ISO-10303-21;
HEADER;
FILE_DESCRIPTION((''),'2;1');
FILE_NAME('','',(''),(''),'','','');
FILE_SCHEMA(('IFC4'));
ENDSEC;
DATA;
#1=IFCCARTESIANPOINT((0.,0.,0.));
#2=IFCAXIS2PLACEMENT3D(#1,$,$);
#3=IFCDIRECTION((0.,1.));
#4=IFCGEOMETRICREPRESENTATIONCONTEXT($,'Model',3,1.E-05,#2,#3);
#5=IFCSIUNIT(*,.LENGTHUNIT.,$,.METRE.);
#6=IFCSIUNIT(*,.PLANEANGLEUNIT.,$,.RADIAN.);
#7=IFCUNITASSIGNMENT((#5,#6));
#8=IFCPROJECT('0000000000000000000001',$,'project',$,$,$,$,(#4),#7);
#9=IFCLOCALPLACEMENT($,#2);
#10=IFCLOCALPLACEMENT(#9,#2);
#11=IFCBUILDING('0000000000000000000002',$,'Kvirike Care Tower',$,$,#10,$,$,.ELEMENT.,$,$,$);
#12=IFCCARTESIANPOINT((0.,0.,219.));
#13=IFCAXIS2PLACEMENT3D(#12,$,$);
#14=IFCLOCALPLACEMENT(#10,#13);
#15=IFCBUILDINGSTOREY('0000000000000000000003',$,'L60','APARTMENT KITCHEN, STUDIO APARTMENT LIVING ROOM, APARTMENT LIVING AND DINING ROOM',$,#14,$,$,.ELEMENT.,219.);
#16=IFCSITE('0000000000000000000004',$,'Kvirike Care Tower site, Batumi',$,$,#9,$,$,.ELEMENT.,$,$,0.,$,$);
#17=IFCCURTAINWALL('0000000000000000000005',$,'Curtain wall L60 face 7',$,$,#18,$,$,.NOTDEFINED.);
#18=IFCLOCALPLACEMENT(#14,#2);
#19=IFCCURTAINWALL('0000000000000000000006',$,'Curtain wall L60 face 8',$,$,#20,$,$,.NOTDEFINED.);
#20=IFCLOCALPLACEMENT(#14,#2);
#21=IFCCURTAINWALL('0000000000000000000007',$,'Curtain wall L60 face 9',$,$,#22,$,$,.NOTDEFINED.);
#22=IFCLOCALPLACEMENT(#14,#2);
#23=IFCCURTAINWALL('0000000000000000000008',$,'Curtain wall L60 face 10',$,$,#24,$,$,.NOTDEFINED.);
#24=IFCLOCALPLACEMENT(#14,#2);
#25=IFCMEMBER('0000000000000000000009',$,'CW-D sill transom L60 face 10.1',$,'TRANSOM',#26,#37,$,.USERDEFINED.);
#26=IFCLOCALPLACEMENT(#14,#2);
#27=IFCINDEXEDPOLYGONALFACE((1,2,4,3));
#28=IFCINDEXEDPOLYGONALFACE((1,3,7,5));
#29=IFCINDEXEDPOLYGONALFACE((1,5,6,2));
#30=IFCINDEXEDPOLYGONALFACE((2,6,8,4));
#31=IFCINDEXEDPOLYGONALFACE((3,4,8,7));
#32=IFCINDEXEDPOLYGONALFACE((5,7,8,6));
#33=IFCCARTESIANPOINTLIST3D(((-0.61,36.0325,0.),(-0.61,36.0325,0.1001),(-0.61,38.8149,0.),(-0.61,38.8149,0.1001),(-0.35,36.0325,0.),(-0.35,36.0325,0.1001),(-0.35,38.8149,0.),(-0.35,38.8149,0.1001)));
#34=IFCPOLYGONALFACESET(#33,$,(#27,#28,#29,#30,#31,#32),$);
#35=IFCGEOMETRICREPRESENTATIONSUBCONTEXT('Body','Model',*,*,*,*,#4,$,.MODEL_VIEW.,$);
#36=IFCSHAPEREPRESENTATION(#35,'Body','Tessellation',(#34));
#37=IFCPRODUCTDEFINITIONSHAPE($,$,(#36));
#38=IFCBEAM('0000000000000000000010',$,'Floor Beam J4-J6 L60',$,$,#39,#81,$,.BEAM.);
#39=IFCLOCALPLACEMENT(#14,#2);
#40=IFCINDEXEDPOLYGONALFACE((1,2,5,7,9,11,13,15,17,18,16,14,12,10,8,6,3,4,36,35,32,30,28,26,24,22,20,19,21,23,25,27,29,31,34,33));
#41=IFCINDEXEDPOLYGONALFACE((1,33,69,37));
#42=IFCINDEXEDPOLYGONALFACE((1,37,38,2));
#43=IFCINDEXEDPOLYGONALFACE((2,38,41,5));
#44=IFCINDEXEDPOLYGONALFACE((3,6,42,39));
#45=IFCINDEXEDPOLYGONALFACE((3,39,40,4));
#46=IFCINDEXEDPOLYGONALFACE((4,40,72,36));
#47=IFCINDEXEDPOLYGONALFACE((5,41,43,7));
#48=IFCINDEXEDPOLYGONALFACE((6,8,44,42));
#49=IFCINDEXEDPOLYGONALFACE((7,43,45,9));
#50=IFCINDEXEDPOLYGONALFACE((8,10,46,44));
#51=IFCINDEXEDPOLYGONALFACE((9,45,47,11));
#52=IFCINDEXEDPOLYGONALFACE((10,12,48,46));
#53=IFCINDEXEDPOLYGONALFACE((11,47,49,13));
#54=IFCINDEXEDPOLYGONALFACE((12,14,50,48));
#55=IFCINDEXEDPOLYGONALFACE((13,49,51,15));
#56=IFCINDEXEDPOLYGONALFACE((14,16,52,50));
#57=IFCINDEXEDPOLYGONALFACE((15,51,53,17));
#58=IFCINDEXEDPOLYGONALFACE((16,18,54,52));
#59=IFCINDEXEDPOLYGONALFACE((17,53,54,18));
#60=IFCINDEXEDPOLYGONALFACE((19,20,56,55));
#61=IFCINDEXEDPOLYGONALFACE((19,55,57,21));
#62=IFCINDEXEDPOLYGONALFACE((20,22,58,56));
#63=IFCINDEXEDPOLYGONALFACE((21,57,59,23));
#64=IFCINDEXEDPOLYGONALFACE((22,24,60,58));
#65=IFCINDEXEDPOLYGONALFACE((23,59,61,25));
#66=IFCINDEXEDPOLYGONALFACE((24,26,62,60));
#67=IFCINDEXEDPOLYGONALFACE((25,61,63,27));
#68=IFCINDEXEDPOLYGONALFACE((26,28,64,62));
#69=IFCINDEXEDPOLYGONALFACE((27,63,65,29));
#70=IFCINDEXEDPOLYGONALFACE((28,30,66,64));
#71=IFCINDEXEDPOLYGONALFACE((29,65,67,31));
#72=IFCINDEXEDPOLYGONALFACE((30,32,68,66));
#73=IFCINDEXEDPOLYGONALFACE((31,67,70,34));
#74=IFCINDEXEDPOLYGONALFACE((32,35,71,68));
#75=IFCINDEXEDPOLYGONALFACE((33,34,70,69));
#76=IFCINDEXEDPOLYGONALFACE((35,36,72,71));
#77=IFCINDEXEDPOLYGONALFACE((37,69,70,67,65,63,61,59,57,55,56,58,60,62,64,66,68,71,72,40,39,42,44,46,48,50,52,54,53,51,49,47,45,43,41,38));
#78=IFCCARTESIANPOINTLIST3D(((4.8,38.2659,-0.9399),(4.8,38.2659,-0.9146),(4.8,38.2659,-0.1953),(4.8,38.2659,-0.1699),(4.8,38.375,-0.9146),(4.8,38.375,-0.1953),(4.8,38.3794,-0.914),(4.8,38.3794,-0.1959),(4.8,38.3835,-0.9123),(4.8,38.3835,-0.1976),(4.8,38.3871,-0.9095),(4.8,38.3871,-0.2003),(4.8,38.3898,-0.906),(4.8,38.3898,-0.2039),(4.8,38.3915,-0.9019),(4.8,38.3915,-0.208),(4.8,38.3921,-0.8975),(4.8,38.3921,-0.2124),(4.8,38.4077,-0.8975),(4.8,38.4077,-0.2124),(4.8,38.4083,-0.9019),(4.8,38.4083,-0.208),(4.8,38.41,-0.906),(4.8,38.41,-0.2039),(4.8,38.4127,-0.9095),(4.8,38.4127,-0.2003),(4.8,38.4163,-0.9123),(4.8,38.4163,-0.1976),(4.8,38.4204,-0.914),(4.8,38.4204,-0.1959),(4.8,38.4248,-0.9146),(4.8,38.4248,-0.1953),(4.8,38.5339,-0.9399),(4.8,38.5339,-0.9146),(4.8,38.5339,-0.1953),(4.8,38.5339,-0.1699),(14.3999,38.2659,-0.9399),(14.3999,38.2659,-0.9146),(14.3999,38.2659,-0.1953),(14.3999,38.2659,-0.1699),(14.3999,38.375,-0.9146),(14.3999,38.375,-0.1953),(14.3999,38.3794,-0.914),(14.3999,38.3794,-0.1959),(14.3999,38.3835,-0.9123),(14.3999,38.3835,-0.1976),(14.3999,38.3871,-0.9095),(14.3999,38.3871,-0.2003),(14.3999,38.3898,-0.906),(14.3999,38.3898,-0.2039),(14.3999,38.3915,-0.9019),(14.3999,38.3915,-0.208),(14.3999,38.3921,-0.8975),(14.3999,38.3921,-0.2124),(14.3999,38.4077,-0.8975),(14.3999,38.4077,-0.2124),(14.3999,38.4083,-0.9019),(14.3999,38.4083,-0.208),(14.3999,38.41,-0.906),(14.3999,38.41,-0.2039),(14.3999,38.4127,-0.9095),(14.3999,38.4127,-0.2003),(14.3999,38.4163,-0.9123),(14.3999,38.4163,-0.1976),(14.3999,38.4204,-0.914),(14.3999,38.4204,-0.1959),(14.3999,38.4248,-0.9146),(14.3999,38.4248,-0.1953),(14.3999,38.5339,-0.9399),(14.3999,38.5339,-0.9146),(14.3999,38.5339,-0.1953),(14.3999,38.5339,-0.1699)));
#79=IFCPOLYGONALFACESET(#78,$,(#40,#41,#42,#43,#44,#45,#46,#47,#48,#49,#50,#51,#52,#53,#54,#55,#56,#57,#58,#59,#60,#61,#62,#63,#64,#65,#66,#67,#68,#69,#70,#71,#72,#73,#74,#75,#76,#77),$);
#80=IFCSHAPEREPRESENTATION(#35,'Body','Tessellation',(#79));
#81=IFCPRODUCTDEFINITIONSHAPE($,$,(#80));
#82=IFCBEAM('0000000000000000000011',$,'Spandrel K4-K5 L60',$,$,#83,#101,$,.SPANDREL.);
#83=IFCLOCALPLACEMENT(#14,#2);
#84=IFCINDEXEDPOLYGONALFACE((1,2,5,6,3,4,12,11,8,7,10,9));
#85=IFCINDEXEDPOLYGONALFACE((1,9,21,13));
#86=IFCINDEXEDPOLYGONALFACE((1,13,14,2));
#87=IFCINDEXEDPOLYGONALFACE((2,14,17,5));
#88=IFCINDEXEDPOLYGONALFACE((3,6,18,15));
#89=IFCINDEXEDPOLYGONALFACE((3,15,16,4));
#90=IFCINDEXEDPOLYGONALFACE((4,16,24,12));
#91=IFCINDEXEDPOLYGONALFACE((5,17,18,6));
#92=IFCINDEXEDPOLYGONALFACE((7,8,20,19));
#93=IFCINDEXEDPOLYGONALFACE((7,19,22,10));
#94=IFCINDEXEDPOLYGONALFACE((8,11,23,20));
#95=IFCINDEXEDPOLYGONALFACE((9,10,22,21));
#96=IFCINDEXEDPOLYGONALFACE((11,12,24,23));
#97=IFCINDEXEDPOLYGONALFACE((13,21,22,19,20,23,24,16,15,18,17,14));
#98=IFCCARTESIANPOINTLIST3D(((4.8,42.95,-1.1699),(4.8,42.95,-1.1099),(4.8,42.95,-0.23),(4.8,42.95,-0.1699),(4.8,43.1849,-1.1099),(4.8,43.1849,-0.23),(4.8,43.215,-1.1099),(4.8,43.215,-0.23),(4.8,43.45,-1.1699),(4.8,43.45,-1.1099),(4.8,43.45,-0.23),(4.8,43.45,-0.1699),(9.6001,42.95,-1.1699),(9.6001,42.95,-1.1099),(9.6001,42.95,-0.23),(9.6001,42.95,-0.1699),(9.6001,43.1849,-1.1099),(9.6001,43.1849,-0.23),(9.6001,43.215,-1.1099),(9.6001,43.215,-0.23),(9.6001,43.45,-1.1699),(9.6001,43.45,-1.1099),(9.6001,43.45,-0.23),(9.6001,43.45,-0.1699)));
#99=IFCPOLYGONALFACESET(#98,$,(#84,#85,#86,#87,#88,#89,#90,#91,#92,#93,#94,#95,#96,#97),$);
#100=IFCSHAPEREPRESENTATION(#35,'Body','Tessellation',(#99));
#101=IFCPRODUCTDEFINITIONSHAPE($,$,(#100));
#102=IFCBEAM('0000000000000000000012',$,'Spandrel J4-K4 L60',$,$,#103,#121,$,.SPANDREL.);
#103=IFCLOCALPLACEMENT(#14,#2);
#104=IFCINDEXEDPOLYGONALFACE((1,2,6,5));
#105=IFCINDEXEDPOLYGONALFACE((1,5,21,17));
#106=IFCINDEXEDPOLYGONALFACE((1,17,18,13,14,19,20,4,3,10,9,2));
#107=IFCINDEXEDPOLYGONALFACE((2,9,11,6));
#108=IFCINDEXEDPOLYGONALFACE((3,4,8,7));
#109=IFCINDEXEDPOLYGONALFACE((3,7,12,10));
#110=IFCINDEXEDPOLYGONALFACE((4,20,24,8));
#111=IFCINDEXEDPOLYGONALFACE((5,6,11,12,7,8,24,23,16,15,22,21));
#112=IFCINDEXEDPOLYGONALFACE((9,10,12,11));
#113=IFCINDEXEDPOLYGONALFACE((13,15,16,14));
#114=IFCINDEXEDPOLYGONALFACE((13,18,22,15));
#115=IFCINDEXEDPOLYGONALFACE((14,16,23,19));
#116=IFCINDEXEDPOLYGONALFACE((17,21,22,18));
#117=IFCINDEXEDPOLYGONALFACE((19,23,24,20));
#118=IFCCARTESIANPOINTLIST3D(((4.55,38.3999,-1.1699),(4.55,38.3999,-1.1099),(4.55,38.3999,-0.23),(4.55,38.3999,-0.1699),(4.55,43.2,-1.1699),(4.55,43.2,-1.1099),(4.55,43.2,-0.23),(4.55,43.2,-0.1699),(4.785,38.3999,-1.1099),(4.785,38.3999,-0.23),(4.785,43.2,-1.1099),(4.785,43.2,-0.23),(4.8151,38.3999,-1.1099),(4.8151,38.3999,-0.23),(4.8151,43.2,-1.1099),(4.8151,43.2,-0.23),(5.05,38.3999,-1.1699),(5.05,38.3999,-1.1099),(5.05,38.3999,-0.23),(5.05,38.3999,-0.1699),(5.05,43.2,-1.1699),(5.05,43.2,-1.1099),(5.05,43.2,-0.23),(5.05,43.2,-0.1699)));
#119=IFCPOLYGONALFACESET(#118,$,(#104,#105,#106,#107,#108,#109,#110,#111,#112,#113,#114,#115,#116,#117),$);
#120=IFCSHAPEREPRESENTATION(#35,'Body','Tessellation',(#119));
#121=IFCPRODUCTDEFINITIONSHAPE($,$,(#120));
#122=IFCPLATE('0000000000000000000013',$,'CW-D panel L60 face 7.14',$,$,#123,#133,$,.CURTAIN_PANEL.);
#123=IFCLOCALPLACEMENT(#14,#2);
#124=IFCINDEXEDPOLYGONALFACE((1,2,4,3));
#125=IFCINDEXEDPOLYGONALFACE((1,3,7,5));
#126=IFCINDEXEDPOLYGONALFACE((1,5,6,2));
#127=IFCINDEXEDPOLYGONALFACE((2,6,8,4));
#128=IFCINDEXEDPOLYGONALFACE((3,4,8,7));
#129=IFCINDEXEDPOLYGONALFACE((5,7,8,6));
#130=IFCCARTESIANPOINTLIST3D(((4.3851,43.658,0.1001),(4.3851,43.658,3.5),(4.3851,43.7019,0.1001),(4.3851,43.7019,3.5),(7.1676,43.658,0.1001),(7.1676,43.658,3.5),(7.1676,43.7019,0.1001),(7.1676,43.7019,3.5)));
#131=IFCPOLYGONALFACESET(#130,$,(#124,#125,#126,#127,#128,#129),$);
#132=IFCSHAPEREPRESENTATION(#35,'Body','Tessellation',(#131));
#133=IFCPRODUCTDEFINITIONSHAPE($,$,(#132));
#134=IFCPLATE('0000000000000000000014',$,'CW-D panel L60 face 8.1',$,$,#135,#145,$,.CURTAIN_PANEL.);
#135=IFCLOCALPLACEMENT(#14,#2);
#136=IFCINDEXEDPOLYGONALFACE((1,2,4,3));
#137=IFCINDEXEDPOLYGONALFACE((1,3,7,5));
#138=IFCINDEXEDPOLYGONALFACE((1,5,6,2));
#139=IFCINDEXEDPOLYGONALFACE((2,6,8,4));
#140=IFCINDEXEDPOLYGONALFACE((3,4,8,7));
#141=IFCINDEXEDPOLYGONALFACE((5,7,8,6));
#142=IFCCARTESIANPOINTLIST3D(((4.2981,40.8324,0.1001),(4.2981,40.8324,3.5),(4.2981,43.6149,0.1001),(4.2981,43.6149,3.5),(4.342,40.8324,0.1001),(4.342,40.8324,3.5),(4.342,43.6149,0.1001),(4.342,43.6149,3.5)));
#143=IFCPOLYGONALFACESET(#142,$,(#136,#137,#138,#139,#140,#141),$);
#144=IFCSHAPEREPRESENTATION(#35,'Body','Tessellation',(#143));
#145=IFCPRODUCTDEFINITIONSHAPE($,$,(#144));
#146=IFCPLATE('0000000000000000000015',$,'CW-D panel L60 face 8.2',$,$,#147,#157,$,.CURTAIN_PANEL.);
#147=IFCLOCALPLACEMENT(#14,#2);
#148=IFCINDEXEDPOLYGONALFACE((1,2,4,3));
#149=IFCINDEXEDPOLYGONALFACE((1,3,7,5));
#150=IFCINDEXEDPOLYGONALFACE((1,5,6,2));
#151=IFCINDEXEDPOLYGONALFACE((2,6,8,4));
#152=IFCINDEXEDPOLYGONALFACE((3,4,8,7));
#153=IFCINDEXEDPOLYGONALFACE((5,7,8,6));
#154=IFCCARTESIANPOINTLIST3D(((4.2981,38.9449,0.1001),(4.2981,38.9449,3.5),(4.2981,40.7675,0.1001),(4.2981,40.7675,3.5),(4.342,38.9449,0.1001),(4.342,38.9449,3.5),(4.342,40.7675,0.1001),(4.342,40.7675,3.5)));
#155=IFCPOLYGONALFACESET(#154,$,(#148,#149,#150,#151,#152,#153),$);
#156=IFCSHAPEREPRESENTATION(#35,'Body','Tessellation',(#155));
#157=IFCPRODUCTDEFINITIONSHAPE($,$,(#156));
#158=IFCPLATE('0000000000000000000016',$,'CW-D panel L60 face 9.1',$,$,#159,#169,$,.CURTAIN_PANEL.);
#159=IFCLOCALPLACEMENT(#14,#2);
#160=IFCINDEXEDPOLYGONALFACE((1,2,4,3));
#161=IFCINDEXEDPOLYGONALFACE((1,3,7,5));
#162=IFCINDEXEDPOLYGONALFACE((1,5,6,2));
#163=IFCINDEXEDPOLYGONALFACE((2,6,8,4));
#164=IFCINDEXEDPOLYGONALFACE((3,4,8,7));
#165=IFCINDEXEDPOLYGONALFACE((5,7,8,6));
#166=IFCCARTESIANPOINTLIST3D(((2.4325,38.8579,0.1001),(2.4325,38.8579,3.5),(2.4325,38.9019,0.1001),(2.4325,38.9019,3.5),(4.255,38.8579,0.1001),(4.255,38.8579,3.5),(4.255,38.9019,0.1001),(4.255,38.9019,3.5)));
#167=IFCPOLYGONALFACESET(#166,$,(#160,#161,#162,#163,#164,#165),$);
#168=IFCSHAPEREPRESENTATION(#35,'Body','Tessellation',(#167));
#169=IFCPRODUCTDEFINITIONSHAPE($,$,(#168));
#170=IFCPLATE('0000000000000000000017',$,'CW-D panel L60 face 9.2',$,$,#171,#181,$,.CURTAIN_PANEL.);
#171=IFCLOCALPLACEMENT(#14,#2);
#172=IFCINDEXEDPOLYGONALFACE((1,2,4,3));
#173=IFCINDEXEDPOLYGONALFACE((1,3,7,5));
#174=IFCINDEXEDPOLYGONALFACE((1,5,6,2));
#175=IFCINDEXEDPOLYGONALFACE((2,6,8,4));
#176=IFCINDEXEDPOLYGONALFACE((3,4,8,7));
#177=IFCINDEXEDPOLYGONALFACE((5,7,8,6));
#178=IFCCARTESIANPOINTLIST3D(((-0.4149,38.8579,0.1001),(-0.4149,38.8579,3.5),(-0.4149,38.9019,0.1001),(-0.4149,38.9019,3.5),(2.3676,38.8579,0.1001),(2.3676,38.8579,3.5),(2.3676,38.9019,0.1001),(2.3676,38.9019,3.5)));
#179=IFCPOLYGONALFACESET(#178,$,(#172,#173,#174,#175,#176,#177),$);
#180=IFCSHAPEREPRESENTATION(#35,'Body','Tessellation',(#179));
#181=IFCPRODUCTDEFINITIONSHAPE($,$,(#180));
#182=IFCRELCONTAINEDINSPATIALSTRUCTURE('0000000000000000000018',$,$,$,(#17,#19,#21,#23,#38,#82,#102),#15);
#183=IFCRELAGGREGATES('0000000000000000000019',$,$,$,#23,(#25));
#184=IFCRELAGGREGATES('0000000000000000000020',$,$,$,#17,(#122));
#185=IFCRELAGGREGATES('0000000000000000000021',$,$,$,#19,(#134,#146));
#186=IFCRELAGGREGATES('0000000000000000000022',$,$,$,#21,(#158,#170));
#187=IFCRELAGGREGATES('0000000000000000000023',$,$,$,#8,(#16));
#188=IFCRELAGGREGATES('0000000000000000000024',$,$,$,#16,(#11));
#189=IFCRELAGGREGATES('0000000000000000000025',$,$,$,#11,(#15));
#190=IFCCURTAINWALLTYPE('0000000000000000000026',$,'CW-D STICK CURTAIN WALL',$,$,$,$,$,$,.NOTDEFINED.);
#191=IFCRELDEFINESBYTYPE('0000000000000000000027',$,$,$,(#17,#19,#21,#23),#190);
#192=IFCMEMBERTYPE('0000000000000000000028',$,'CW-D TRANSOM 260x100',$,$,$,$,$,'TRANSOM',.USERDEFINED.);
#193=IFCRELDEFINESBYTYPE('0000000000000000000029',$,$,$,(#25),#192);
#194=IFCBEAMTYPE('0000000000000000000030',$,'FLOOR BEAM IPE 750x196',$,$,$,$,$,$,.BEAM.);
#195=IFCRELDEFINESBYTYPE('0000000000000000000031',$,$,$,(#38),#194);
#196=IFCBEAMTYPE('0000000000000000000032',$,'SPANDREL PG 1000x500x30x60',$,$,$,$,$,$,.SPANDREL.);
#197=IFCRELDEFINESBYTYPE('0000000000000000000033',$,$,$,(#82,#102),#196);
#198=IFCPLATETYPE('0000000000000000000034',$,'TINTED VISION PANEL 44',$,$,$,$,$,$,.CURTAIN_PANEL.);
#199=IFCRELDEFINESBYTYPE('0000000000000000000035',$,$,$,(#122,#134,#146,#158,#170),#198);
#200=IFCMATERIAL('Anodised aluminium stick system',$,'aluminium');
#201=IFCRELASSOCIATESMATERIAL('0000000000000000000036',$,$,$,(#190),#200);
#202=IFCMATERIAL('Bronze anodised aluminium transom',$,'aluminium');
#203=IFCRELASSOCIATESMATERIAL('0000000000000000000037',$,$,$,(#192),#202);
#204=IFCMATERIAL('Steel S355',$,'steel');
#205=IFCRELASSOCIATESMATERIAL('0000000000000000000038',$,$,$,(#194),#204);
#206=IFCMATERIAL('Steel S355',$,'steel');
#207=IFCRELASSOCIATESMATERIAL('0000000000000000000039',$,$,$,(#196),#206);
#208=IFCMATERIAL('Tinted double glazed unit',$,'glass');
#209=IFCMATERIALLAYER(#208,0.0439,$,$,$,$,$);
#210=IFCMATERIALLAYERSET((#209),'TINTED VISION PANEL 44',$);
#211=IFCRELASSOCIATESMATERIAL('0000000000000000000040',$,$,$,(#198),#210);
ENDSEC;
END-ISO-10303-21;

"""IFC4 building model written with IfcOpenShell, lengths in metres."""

from ifc_helpers import new_model, si_unit, direction, frame, origin, origin_2d, place, context, subcontext, project, spatial, rectangle, i_section, extrude, material, layer, layer_set, material_profile, profile_set, type_object, element, aggregate, save


model = new_model("IFC4")

# Units and contexts
model_context = context("Model", 3, precision=1e-05, world=origin(), true_north=direction((0.0, 1.0)))
body_context = subcontext(model_context, "Body", "Model", "MODEL_VIEW")
ifc_project = project(units=[si_unit("LENGTHUNIT", "METRE"), si_unit("PLANEANGLEUNIT", "RADIAN")], contexts=[model_context])

# Site, building, storey
site_placement = place(None, origin())
site = spatial("IfcSite", under=ifc_project, at=site_placement, Name="Kvirike Care Tower site, Batumi", CompositionType="ELEMENT", RefElevation=0.0)
building_placement = place(site_placement, origin())
building = spatial("IfcBuilding", under=site, at=building_placement, Name="Kvirike Care Tower", CompositionType="ELEMENT")
storey_placement = place(building_placement, frame((0.0, 0.0, 219.0)))
storey = spatial("IfcBuildingStorey", under=building, at=storey_placement, Name="L60", Description="APARTMENT KITCHEN, STUDIO APARTMENT LIVING ROOM, APARTMENT LIVING AND DINING ROOM", CompositionType="ELEMENT", Elevation=219.0)

# Curtain wall
ifc_material_1 = material(Name="Anodised aluminium stick system", Category="aluminium")
curtain_wall_type = type_object("IfcCurtainWallType", Name="CW-D STICK CURTAIN WALL", PredefinedType="NOTDEFINED", material=ifc_material_1)
curtain_wall_1_placement = place(storey_placement, origin())
curtain_wall_1 = element("IfcCurtainWall", 1, at=curtain_wall_1_placement, inside=storey, type_object=curtain_wall_type, Name="Curtain wall L60 face 7", PredefinedType="NOTDEFINED")

# Curtain walls
curtain_wall_2_placement = place(storey_placement, origin())
curtain_wall_2 = element("IfcCurtainWall", 2, at=curtain_wall_2_placement, inside=storey, type_object=curtain_wall_type, Name="Curtain wall L60 face 8", PredefinedType="NOTDEFINED")
curtain_wall_3_placement = place(storey_placement, origin())
curtain_wall_3 = element("IfcCurtainWall", 3, at=curtain_wall_3_placement, inside=storey, type_object=curtain_wall_type, Name="Curtain wall L60 face 9", PredefinedType="NOTDEFINED")

# Curtain wall
curtain_wall_4_placement = place(storey_placement, origin())
curtain_wall_4 = element("IfcCurtainWall", 4, at=curtain_wall_4_placement, inside=storey, type_object=curtain_wall_type, Name="Curtain wall L60 face 10", PredefinedType="NOTDEFINED")

# Member
ifc_material_2 = material(Name="Bronze anodised aluminium transom", Category="aluminium")
ifc_material_profile_1 = material_profile(ifc_material_2, rectangle(XDim=0.26, YDim=0.1001, at=origin_2d()), Name="CW-D TRANSOM 260x100")
ifc_profile_set_1 = profile_set([ifc_material_profile_1], Name="Bronze anodised aluminium transom")
member_type_1 = type_object("IfcMemberType", Name="CW-D TRANSOM 260x100", ElementType="TRANSOM", PredefinedType="USERDEFINED", material=ifc_profile_set_1)
member_1_placement = place(storey_placement, frame((-0.48, 38.8149, 0.05), z_axis=(0.0, -1.0, 0.0), x_axis=(1.0, 0.0, 0.0)))
member_1 = element("IfcMember", 5, at=member_1_placement, type_object=member_type_1, Name="CW-D sill transom L60 face 10.1", ObjectType="TRANSOM", PredefinedType="USERDEFINED", context=body_context, shape_type="SweptSolid", body=[
    extrude(rectangle(XDim=0.26, YDim=0.1001, at=origin_2d()), origin(), (0.0, 0.0, 1.0), 2.7825),
])
aggregate(curtain_wall_4, [member_1])

# Beams
ifc_material_3 = material(Name="Steel S355", Category="steel")
ifc_material_profile_2 = material_profile(ifc_material_3, i_section(OverallWidth=0.2681, OverallDepth=0.77, WebThickness=0.0156, FlangeThickness=0.0254, FilletRadius=0.0171, at=origin_2d()), Name="IPE 750x196")
ifc_profile_set_2 = profile_set([ifc_material_profile_2], Name="Steel S355")
beam_type_1 = type_object("IfcBeamType", Name="FLOOR BEAM IPE 750x196", PredefinedType="BEAM", material=ifc_profile_set_2)
beam_placement = place(storey_placement, frame((4.8, 38.3999, -0.5549), z_axis=(1.0, 0.0, 0.0), x_axis=(0.0, 1.0, 0.0)))
element("IfcBeam", 6, at=beam_placement, inside=storey, type_object=beam_type_1, Name="Floor Beam J4-J6 L60", PredefinedType="BEAM", context=body_context, shape_type="SweptSolid", body=[
    extrude(i_section(OverallWidth=0.2681, OverallDepth=0.77, WebThickness=0.0156, FlangeThickness=0.0254, FilletRadius=0.0171, at=origin_2d()), origin(), (0.0, 0.0, 1.0), 9.5999),
])
ifc_material_4 = material(Name="Steel S355", Category="steel")
ifc_material_profile_3 = material_profile(ifc_material_4, i_section(OverallWidth=0.5, OverallDepth=1.0, WebThickness=0.03, FlangeThickness=0.0601, at=origin_2d()), Name="PG 1000x500x30x60")
ifc_profile_set_3 = profile_set([ifc_material_profile_3], Name="Steel S355")
beam_type_2 = type_object("IfcBeamType", Name="SPANDREL PG 1000x500x30x60", PredefinedType="SPANDREL", material=ifc_profile_set_3)
for number, where, z_axis, x_axis, name in (
    (7, (4.8, 43.2, -0.6699), (1.0, 0.0, 0.0), (0.0, 1.0, 0.0), "Spandrel K4-K5 L60"),
    (8, (4.8, 38.3999, -0.6699), (0.0, 1.0, 0.0), (-1.0, 0.0, 0.0), "Spandrel J4-K4 L60"),
):
    element("IfcBeam", number, at=place(storey_placement, frame(where, z_axis=z_axis, x_axis=x_axis)), inside=storey, type_object=beam_type_2, Name=name, PredefinedType="SPANDREL", context=body_context, shape_type="SweptSolid", body=[
        extrude(i_section(OverallWidth=0.5, OverallDepth=1.0, WebThickness=0.03, FlangeThickness=0.0601, at=origin_2d()), origin(), (0.0, 0.0, 1.0), 4.8),
    ])

# Plates
ifc_material_5 = material(Name="Tinted double glazed unit", Category="glass")
ifc_layer_1 = layer(ifc_material_5, 0.0439)
ifc_layer_set_1 = layer_set([ifc_layer_1], Name="TINTED VISION PANEL 44")
plate_type = type_object("IfcPlateType", Name="TINTED VISION PANEL 44", PredefinedType="CURTAIN_PANEL", material=ifc_layer_set_1)
plate_1_placement = place(storey_placement, frame((5.7764, 43.6799, 0.1001), z_axis=(0.0, 0.0, 1.0), x_axis=(-1.0, 0.0, 0.0)))
plate_1 = element("IfcPlate", 9, at=plate_1_placement, type_object=plate_type, Name="CW-D panel L60 face 7.14", PredefinedType="CURTAIN_PANEL", context=body_context, shape_type="SweptSolid", body=[
    extrude(rectangle(XDim=2.7825, YDim=0.0439, at=origin_2d()), origin(), (0.0, 0.0, 1.0), 3.3999),
])
aggregate(curtain_wall_1, [plate_1])
plate_2_placement = place(storey_placement, frame((4.3201, 42.2236, 0.1001), z_axis=(0.0, 0.0, 1.0), x_axis=(0.0, -1.0, 0.0)))
plate_2 = element("IfcPlate", 10, at=plate_2_placement, type_object=plate_type, Name="CW-D panel L60 face 8.1", PredefinedType="CURTAIN_PANEL", context=body_context, shape_type="SweptSolid", body=[
    extrude(rectangle(XDim=2.7825, YDim=0.0439, at=origin_2d()), origin(), (0.0, 0.0, 1.0), 3.3999),
])
plate_3_placement = place(storey_placement, frame((4.3201, 39.8562, 0.1001), z_axis=(0.0, 0.0, 1.0), x_axis=(0.0, -1.0, 0.0)))
plate_3 = element("IfcPlate", 11, at=plate_3_placement, type_object=plate_type, Name="CW-D panel L60 face 8.2", PredefinedType="CURTAIN_PANEL", context=body_context, shape_type="SweptSolid", body=[
    extrude(rectangle(XDim=1.8225, YDim=0.0439, at=origin_2d()), origin(), (0.0, 0.0, 1.0), 3.3999),
])
aggregate(curtain_wall_2, [plate_2, plate_3])
plate_4_placement = place(storey_placement, frame((3.3438, 38.8799, 0.1001), z_axis=(0.0, 0.0, 1.0), x_axis=(-1.0, 0.0, 0.0)))
plate_4 = element("IfcPlate", 12, at=plate_4_placement, type_object=plate_type, Name="CW-D panel L60 face 9.1", PredefinedType="CURTAIN_PANEL", context=body_context, shape_type="SweptSolid", body=[
    extrude(rectangle(XDim=1.8225, YDim=0.0439, at=origin_2d()), origin(), (0.0, 0.0, 1.0), 3.3999),
])
plate_5_placement = place(storey_placement, frame((0.9763, 38.8799, 0.1001), z_axis=(0.0, 0.0, 1.0), x_axis=(-1.0, 0.0, 0.0)))
plate_5 = element("IfcPlate", 13, at=plate_5_placement, type_object=plate_type, Name="CW-D panel L60 face 9.2", PredefinedType="CURTAIN_PANEL", context=body_context, shape_type="SweptSolid", body=[
    extrude(rectangle(XDim=2.7825, YDim=0.0439, at=origin_2d()), origin(), (0.0, 0.0, 1.0), 3.3999),
])
aggregate(curtain_wall_3, [plate_4, plate_5])

save(model, "model.ifc")
